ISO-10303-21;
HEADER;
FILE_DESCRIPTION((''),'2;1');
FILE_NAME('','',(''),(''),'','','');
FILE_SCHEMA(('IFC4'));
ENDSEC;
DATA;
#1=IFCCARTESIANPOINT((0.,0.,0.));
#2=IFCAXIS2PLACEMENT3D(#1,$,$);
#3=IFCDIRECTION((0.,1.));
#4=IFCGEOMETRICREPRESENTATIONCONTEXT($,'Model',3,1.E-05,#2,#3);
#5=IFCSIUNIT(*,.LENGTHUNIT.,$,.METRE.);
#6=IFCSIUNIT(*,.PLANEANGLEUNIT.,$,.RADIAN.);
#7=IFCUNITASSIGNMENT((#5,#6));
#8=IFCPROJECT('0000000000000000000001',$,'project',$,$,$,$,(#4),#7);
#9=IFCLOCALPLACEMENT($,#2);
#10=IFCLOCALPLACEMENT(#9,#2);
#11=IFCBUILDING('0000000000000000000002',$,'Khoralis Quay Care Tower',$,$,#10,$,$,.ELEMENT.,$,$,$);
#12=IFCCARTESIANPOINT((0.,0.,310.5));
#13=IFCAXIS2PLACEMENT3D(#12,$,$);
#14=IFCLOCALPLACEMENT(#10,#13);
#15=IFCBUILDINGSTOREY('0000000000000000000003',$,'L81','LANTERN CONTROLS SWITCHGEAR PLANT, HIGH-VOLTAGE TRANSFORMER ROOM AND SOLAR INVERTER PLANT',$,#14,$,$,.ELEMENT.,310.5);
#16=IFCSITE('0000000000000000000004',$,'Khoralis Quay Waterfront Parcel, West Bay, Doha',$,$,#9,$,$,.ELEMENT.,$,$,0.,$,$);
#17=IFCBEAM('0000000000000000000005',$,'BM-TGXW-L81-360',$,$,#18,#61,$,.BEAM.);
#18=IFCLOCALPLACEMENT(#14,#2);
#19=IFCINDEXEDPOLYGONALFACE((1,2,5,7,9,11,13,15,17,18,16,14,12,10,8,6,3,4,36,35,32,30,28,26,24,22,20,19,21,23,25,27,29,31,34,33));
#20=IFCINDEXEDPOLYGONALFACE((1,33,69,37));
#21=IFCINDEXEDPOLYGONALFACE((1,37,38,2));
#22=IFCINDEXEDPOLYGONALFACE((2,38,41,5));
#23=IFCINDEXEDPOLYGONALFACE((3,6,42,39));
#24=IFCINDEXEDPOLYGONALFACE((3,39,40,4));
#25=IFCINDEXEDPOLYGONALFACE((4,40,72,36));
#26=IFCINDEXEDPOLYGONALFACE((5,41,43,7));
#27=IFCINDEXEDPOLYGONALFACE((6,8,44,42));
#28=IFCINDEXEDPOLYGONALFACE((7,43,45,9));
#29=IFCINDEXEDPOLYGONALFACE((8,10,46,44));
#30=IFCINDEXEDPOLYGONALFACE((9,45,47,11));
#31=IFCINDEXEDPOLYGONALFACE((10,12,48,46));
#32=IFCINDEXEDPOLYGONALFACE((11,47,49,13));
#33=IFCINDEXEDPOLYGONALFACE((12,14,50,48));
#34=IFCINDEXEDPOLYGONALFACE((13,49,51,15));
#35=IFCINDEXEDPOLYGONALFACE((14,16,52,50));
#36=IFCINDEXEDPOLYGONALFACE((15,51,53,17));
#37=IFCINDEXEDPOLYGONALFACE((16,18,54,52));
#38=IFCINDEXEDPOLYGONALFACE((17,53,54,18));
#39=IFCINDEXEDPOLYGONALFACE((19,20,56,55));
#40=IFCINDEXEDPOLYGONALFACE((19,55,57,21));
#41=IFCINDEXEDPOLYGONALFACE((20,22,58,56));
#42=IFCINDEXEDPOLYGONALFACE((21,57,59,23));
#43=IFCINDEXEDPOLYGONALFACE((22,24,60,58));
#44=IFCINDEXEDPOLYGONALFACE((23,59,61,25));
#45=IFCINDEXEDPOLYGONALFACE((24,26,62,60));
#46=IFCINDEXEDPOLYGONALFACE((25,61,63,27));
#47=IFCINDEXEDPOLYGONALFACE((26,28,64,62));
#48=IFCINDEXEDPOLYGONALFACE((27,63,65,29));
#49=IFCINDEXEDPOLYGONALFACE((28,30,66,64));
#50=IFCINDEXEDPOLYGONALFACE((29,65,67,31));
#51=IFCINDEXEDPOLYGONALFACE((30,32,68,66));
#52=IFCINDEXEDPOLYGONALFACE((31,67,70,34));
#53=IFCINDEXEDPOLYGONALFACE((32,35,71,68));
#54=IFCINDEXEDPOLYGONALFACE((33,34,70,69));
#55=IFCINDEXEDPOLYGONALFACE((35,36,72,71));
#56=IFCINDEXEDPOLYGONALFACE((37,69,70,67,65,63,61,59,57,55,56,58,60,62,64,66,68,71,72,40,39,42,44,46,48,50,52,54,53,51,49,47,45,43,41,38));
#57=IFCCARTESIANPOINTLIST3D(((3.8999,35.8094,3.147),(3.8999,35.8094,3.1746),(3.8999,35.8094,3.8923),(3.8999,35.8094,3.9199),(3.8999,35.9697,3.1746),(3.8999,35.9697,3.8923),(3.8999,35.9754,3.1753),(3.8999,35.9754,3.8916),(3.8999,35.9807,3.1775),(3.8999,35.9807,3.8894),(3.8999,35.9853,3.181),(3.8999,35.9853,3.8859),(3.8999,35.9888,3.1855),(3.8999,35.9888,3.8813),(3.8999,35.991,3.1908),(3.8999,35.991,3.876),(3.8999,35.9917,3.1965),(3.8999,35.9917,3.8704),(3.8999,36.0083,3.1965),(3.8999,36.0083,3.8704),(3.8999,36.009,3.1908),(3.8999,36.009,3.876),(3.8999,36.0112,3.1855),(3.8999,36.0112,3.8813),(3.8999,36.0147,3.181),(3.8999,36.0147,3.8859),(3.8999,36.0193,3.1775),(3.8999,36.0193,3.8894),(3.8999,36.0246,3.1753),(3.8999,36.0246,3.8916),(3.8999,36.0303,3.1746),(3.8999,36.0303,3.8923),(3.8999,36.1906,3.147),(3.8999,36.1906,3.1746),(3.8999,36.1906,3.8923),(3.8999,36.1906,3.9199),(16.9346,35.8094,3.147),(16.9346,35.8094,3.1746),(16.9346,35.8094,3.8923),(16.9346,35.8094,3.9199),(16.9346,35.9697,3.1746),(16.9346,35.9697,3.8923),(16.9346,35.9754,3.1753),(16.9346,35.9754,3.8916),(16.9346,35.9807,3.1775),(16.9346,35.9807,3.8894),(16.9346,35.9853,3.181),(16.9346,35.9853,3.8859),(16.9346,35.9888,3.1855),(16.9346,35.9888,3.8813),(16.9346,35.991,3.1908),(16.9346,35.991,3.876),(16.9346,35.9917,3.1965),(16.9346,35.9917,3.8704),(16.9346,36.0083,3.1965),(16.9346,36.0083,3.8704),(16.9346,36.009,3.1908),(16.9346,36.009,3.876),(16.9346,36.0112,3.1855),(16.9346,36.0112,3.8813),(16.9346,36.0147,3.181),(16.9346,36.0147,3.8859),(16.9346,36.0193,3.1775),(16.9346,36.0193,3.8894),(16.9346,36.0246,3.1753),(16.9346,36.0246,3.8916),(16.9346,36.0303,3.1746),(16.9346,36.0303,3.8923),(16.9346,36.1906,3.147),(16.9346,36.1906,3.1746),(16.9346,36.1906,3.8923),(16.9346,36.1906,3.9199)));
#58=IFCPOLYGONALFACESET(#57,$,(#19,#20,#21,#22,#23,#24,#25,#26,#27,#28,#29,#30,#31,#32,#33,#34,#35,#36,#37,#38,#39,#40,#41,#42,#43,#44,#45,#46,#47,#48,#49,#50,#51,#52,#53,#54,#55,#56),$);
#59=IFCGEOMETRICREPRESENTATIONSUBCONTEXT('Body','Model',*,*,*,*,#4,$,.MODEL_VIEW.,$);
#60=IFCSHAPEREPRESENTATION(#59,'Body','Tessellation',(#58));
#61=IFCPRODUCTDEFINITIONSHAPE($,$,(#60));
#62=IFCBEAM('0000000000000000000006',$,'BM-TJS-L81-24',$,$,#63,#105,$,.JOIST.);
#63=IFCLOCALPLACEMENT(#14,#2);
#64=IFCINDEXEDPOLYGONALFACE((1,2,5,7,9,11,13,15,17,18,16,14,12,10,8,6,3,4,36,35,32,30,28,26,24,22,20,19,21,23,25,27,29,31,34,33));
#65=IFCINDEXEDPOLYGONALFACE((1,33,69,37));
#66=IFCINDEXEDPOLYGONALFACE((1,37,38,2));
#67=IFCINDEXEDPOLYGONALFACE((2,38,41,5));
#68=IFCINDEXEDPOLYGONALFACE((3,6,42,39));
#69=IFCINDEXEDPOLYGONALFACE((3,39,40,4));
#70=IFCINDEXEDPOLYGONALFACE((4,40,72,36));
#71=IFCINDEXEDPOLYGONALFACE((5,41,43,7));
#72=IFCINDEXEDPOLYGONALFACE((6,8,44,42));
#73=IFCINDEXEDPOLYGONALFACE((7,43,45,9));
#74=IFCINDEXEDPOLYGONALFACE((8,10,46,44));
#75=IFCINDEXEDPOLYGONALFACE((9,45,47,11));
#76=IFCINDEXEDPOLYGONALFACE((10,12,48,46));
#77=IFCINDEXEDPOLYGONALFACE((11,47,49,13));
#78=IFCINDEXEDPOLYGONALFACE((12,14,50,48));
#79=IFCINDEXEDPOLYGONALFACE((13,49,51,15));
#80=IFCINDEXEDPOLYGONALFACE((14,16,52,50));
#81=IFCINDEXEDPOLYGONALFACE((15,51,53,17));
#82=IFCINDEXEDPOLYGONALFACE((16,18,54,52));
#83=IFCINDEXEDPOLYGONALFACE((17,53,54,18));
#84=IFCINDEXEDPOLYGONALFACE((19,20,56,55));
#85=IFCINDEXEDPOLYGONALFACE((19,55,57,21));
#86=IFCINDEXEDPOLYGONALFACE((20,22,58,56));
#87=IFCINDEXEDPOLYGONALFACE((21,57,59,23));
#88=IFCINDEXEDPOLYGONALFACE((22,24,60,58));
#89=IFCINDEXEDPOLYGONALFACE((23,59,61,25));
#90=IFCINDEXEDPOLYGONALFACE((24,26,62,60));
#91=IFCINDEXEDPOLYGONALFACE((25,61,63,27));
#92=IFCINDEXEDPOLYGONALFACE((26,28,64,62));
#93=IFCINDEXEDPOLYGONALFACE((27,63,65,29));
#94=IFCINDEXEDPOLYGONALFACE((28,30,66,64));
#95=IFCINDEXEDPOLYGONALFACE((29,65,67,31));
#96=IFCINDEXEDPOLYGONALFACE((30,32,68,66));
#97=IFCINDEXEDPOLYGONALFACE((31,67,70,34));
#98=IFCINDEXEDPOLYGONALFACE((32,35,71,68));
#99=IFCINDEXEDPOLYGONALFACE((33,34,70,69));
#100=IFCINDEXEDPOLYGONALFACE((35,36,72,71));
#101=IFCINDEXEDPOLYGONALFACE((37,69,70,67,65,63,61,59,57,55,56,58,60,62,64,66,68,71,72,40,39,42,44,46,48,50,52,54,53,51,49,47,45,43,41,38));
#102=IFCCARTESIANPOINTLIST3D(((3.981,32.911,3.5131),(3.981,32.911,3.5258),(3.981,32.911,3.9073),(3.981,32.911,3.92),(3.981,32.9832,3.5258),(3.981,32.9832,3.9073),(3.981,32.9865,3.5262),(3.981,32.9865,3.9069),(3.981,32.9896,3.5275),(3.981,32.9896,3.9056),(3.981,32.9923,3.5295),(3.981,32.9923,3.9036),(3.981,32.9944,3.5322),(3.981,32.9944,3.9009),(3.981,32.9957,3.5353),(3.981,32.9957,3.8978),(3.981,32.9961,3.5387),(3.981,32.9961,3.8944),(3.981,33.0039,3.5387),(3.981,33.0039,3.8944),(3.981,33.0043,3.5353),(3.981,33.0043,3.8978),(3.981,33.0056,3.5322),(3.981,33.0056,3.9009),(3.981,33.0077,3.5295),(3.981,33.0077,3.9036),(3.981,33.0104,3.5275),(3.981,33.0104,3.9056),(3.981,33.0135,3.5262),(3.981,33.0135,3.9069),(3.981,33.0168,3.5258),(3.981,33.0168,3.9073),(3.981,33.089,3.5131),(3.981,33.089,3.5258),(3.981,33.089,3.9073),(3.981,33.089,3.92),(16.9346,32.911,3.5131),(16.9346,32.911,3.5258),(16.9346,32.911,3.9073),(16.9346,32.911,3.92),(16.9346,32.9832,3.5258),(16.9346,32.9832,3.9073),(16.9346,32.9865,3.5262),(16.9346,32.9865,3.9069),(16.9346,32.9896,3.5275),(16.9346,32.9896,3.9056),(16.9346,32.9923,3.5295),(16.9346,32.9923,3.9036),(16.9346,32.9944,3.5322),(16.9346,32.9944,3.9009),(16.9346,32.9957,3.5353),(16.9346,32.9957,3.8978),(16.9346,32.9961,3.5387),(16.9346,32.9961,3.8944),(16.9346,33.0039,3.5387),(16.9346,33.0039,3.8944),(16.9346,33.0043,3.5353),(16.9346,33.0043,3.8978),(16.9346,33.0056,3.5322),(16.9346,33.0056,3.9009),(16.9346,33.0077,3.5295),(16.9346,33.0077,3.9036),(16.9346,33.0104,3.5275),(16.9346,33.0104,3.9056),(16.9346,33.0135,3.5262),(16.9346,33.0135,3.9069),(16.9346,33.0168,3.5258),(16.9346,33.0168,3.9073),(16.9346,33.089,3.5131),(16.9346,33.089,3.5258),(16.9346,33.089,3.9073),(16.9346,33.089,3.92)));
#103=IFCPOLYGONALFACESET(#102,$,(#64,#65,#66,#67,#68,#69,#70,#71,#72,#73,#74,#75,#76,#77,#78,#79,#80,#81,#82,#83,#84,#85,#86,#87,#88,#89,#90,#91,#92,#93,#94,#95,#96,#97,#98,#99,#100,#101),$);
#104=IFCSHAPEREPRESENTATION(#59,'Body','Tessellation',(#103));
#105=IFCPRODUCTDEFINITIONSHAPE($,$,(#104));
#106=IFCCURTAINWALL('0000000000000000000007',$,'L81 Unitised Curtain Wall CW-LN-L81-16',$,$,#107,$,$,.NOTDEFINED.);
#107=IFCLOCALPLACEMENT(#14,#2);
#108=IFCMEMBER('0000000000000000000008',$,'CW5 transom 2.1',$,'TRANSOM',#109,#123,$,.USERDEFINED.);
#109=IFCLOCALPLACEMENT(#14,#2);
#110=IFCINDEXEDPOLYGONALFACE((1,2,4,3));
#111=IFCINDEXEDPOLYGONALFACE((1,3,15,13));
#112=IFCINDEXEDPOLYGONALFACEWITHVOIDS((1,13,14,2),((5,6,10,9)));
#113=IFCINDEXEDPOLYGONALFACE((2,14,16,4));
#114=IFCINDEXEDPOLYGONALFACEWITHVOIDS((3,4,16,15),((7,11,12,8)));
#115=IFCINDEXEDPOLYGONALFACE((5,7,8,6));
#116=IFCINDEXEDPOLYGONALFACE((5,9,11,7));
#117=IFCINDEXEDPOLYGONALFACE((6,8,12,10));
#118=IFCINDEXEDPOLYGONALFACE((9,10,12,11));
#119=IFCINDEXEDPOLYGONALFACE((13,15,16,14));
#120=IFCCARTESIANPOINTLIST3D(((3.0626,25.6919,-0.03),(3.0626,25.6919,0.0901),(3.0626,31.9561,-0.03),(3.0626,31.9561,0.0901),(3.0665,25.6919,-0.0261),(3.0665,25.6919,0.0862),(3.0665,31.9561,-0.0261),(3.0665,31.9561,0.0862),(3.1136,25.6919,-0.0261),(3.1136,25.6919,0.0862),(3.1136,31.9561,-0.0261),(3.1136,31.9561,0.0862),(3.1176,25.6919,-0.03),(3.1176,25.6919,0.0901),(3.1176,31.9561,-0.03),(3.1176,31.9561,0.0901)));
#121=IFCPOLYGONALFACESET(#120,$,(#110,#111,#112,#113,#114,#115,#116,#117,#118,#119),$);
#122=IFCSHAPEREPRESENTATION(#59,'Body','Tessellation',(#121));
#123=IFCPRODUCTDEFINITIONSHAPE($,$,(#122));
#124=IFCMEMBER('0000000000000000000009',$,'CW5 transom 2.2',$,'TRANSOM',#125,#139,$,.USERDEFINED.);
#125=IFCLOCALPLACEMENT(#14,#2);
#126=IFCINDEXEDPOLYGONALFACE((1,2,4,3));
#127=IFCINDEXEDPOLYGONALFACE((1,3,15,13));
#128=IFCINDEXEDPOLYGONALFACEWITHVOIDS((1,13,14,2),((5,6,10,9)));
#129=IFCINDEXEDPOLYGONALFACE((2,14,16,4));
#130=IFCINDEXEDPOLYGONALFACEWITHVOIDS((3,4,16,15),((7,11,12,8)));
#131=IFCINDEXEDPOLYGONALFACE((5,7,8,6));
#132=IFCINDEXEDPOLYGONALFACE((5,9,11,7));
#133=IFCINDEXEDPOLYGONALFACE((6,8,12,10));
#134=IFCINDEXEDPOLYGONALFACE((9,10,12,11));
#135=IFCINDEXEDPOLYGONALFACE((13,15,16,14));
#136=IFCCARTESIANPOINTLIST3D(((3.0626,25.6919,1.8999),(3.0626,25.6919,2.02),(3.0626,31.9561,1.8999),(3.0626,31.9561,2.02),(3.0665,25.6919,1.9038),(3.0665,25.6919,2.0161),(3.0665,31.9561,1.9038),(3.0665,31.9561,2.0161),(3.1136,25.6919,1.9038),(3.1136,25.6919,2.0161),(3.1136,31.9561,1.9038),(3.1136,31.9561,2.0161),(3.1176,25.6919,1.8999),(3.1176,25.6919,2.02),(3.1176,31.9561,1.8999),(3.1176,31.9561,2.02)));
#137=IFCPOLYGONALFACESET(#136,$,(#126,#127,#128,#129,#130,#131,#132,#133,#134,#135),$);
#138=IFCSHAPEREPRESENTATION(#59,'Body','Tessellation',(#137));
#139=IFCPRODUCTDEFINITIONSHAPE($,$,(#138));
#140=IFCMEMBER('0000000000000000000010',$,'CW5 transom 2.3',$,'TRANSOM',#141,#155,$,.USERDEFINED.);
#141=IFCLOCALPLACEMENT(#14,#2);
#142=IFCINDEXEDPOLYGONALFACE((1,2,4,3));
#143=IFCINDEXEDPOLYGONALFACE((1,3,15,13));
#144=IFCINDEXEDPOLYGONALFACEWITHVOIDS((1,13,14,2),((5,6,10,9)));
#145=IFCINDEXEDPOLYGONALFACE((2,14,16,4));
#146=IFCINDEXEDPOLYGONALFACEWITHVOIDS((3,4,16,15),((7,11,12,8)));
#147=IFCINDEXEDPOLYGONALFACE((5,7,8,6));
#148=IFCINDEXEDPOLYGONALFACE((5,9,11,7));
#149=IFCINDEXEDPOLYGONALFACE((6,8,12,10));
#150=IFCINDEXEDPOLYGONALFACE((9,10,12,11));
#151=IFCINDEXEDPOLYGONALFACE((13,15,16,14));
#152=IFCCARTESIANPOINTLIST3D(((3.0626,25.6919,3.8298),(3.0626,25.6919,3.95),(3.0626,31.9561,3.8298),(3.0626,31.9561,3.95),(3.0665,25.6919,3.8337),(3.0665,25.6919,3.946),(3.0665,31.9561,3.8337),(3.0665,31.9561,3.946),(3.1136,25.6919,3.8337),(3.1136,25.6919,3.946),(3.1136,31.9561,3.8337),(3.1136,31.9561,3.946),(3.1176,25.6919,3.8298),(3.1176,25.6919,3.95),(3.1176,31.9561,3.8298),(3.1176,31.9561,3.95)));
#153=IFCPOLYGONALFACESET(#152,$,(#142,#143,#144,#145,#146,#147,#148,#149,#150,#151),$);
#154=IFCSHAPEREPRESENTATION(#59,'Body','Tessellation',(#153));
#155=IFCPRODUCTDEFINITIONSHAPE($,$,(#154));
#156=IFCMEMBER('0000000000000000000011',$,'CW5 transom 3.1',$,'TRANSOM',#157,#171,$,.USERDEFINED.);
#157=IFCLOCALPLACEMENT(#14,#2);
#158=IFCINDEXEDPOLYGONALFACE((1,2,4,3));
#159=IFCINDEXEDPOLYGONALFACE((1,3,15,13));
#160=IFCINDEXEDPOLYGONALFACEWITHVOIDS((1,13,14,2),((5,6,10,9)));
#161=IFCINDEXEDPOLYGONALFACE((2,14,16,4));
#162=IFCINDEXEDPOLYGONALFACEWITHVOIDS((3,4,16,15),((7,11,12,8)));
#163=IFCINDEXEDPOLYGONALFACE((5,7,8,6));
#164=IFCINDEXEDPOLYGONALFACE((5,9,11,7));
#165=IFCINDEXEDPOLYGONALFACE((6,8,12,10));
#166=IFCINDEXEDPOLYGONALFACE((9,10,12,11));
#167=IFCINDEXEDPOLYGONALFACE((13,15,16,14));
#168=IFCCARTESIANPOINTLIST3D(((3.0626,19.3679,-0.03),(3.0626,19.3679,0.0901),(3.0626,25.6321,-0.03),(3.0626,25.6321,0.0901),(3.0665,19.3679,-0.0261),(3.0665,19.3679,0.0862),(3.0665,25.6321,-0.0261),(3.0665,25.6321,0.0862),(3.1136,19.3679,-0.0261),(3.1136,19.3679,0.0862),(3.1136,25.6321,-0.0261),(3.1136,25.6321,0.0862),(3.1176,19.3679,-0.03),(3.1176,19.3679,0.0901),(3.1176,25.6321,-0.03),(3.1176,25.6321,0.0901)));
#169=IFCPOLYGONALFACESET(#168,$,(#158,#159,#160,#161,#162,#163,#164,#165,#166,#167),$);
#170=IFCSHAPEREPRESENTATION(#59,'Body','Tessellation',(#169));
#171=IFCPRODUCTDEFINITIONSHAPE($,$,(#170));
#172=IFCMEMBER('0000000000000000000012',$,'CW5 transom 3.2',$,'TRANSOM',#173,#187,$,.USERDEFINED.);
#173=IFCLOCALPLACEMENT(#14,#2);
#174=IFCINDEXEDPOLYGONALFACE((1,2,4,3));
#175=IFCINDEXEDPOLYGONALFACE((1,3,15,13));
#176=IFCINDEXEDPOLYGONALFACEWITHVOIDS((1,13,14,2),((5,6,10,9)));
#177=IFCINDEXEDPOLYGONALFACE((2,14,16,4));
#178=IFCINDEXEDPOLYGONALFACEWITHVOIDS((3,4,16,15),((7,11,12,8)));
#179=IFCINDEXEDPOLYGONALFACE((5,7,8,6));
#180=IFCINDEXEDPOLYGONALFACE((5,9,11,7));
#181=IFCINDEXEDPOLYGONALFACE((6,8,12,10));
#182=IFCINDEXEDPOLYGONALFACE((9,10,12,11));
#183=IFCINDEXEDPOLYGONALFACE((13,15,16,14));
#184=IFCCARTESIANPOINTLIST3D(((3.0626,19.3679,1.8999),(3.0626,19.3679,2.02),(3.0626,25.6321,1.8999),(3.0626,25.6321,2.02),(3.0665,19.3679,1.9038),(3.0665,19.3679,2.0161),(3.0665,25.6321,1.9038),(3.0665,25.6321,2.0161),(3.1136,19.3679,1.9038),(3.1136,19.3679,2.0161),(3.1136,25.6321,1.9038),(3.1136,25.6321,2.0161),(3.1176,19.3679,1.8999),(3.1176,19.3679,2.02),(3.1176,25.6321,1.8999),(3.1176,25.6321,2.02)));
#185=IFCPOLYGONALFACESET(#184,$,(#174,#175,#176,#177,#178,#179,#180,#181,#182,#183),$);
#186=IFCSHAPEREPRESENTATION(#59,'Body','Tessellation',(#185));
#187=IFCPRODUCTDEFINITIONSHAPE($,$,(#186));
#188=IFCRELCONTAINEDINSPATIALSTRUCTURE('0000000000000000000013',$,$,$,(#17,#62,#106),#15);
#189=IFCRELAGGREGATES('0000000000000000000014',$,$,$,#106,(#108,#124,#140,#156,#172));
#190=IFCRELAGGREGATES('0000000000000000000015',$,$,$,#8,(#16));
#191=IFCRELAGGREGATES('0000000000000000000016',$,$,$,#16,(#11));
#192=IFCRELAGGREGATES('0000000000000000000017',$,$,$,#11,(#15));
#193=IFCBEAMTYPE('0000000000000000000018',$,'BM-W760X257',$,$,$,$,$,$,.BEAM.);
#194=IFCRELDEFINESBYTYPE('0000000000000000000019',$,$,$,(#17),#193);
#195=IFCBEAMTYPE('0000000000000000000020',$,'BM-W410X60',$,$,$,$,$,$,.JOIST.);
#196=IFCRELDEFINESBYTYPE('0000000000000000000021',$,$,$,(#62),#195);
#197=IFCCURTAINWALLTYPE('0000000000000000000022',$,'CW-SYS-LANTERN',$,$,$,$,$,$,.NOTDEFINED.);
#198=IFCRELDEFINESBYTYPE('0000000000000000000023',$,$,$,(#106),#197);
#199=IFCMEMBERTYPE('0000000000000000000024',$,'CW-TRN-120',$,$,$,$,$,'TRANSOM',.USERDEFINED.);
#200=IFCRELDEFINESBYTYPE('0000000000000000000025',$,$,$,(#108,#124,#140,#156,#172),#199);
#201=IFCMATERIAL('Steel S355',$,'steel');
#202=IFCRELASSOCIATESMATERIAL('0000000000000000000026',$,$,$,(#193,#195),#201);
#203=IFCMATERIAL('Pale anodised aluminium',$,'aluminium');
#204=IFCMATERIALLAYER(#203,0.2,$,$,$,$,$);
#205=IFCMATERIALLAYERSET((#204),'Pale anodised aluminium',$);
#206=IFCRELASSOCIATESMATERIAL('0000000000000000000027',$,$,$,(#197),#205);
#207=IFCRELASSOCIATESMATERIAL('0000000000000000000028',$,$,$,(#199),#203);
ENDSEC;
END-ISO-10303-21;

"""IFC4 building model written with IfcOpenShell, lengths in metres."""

from ifc_helpers import new_model, si_unit, direction, frame, origin, origin_2d, place, context, subcontext, project, spatial, hollow_rectangle, i_section, extrude, source, transform, mapped, material, layer, layer_set, material_profile, profile_set, type_object, element, aggregate, save


model = new_model("IFC4")

# Units and contexts
model_context = context("Model", 3, precision=1e-05, world=origin(), true_north=direction((0.0, 1.0)))
body_context = subcontext(model_context, "Body", "Model", "MODEL_VIEW")
ifc_project = project(units=[si_unit("LENGTHUNIT", "METRE"), si_unit("PLANEANGLEUNIT", "RADIAN")], contexts=[model_context])

# Site, building, storey
site_placement = place(None, origin())
site = spatial("IfcSite", under=ifc_project, at=site_placement, Name="Khoralis Quay Waterfront Parcel, West Bay, Doha", CompositionType="ELEMENT", RefElevation=0.0)
building_placement = place(site_placement, origin())
building = spatial("IfcBuilding", under=site, at=building_placement, Name="Khoralis Quay Care Tower", CompositionType="ELEMENT")
storey_placement = place(building_placement, frame((0.0, 0.0, 310.5)))
storey = spatial("IfcBuildingStorey", under=building, at=storey_placement, Name="L81", Description="LANTERN CONTROLS SWITCHGEAR PLANT, HIGH-VOLTAGE TRANSFORMER ROOM AND SOLAR INVERTER PLANT", CompositionType="ELEMENT", Elevation=310.5)

# Beams
ifc_material_1 = material(Name="Steel S355", Category="steel")
ifc_material_profile_1 = material_profile(ifc_material_1, i_section(OverallWidth=0.3811, OverallDepth=0.7729, WebThickness=0.0166, FlangeThickness=0.0276, FilletRadius=0.022, at=origin_2d()), Name="Steel S355")
ifc_profile_set_1 = profile_set([ifc_material_profile_1], Name="Steel S355")
beam_type_1 = type_object("IfcBeamType", Name="BM-W760X257", PredefinedType="BEAM", material=ifc_profile_set_1)
shared_shape_1 = source(origin(), body_context, "Body", "SweptSolid", [
    extrude(i_section(OverallWidth=0.3811, OverallDepth=0.7729, WebThickness=0.0166, FlangeThickness=0.0276, FilletRadius=0.022, at=origin_2d()), origin(), (0.0, 0.0, 1.0), 13.0347),
])
beam_1_placement = place(storey_placement, frame((3.8999, 36.0, 3.5334), z_axis=(1.0, 0.0, 0.0), x_axis=(0.0, 1.0, 0.0)))
element("IfcBeam", 1, at=beam_1_placement, inside=storey, type_object=beam_type_1, Name="BM-TGXW-L81-360", PredefinedType="BEAM", context=body_context, shape_type="MappedRepresentation", body=[
    mapped(shared_shape_1, transform((0.0, 0.0, 0.0), scale=1.0)),
])
ifc_material_profile_2 = material_profile(ifc_material_1, i_section(OverallWidth=0.178, OverallDepth=0.407, WebThickness=0.0078, FlangeThickness=0.0127, FilletRadius=0.0129, at=origin_2d()), Name="Steel S355")
ifc_profile_set_2 = profile_set([ifc_material_profile_2], Name="Steel S355")
beam_type_2 = type_object("IfcBeamType", Name="BM-W410X60", PredefinedType="JOIST", material=ifc_profile_set_2)
shared_shape_2 = source(origin(), body_context, "Body", "SweptSolid", [
    extrude(i_section(OverallWidth=0.178, OverallDepth=0.407, WebThickness=0.0078, FlangeThickness=0.0127, FilletRadius=0.0129, at=origin_2d()), origin(), (0.0, 0.0, 1.0), 12.9536),
])
beam_2_placement = place(storey_placement, frame((3.981, 33.0, 3.7166), z_axis=(1.0, 0.0, 0.0), x_axis=(0.0, 1.0, 0.0)))
element("IfcBeam", 2, at=beam_2_placement, inside=storey, type_object=beam_type_2, Name="BM-TJS-L81-24", PredefinedType="JOIST", context=body_context, shape_type="MappedRepresentation", body=[
    mapped(shared_shape_2, transform((0.0, 0.0, 0.0), scale=1.0)),
])

# Curtain wall, members
ifc_material_2 = material(Name="Pale anodised aluminium", Category="aluminium")
ifc_layer_1 = layer(ifc_material_2, 0.2)
ifc_layer_set_1 = layer_set([ifc_layer_1], Name="Pale anodised aluminium")
curtain_wall_type = type_object("IfcCurtainWallType", Name="CW-SYS-LANTERN", PredefinedType="NOTDEFINED", material=ifc_layer_set_1)
curtain_wall_placement = place(storey_placement, origin())
curtain_wall = element("IfcCurtainWall", 3, at=curtain_wall_placement, inside=storey, type_object=curtain_wall_type, Name="L81 Unitised Curtain Wall CW-LN-L81-16", PredefinedType="NOTDEFINED")
ifc_material_profile_3 = material_profile(ifc_material_2, hollow_rectangle(XDim=0.0549, YDim=0.1201, WallThickness=0.0039, at=origin_2d()), Name="Pale anodised aluminium")
ifc_profile_set_3 = profile_set([ifc_material_profile_3], Name="Pale anodised aluminium")
member_type_1 = type_object("IfcMemberType", Name="CW-TRN-120", ElementType="TRANSOM", PredefinedType="USERDEFINED", material=ifc_profile_set_3)
shared_shape_3 = source(origin(), body_context, "Body", "SweptSolid", [
    extrude(hollow_rectangle(XDim=0.0549, YDim=0.1201, WallThickness=0.0039, at=origin_2d()), origin(), (0.0, 0.0, 1.0), 6.2642),
])
member_1_placement = place(storey_placement, frame((3.0901, 31.9561, 0.03), z_axis=(0.0, -1.0, 0.0), x_axis=(1.0, 0.0, 0.0)))
member_1 = element("IfcMember", 4, at=member_1_placement, type_object=member_type_1, Name="CW5 transom 2.1", ObjectType="TRANSOM", PredefinedType="USERDEFINED", context=body_context, shape_type="MappedRepresentation", body=[
    mapped(shared_shape_3, transform((0.0, 0.0, 0.0), scale=1.0)),
])
member_2_placement = place(storey_placement, frame((3.0901, 31.9561, 1.96), z_axis=(0.0, -1.0, 0.0), x_axis=(1.0, 0.0, 0.0)))
member_2 = element("IfcMember", 5, at=member_2_placement, type_object=member_type_1, Name="CW5 transom 2.2", ObjectType="TRANSOM", PredefinedType="USERDEFINED", context=body_context, shape_type="MappedRepresentation", body=[
    mapped(shared_shape_3, transform((0.0, 0.0, 0.0), scale=1.0)),
])
member_3_placement = place(storey_placement, frame((3.0901, 31.9561, 3.8899), z_axis=(0.0, -1.0, 0.0), x_axis=(1.0, 0.0, 0.0)))
member_3 = element("IfcMember", 6, at=member_3_placement, type_object=member_type_1, Name="CW5 transom 2.3", ObjectType="TRANSOM", PredefinedType="USERDEFINED", context=body_context, shape_type="MappedRepresentation", body=[
    mapped(shared_shape_3, transform((0.0, 0.0, 0.0), scale=1.0)),
])
member_4_placement = place(storey_placement, frame((3.0901, 25.6321, 0.03), z_axis=(0.0, -1.0, 0.0), x_axis=(1.0, 0.0, 0.0)))
member_4 = element("IfcMember", 7, at=member_4_placement, type_object=member_type_1, Name="CW5 transom 3.1", ObjectType="TRANSOM", PredefinedType="USERDEFINED", context=body_context, shape_type="MappedRepresentation", body=[
    mapped(shared_shape_3, transform((0.0, 0.0, 0.0), scale=1.0)),
])
member_5_placement = place(storey_placement, frame((3.0901, 25.6321, 1.96), z_axis=(0.0, -1.0, 0.0), x_axis=(1.0, 0.0, 0.0)))
member_5 = element("IfcMember", 8, at=member_5_placement, type_object=member_type_1, Name="CW5 transom 3.2", ObjectType="TRANSOM", PredefinedType="USERDEFINED", context=body_context, shape_type="MappedRepresentation", body=[
    mapped(shared_shape_3, transform((0.0, 0.0, 0.0), scale=1.0)),
])
aggregate(curtain_wall, [member_1, member_2, member_3, member_4, member_5])

save(model, "model.ifc")
